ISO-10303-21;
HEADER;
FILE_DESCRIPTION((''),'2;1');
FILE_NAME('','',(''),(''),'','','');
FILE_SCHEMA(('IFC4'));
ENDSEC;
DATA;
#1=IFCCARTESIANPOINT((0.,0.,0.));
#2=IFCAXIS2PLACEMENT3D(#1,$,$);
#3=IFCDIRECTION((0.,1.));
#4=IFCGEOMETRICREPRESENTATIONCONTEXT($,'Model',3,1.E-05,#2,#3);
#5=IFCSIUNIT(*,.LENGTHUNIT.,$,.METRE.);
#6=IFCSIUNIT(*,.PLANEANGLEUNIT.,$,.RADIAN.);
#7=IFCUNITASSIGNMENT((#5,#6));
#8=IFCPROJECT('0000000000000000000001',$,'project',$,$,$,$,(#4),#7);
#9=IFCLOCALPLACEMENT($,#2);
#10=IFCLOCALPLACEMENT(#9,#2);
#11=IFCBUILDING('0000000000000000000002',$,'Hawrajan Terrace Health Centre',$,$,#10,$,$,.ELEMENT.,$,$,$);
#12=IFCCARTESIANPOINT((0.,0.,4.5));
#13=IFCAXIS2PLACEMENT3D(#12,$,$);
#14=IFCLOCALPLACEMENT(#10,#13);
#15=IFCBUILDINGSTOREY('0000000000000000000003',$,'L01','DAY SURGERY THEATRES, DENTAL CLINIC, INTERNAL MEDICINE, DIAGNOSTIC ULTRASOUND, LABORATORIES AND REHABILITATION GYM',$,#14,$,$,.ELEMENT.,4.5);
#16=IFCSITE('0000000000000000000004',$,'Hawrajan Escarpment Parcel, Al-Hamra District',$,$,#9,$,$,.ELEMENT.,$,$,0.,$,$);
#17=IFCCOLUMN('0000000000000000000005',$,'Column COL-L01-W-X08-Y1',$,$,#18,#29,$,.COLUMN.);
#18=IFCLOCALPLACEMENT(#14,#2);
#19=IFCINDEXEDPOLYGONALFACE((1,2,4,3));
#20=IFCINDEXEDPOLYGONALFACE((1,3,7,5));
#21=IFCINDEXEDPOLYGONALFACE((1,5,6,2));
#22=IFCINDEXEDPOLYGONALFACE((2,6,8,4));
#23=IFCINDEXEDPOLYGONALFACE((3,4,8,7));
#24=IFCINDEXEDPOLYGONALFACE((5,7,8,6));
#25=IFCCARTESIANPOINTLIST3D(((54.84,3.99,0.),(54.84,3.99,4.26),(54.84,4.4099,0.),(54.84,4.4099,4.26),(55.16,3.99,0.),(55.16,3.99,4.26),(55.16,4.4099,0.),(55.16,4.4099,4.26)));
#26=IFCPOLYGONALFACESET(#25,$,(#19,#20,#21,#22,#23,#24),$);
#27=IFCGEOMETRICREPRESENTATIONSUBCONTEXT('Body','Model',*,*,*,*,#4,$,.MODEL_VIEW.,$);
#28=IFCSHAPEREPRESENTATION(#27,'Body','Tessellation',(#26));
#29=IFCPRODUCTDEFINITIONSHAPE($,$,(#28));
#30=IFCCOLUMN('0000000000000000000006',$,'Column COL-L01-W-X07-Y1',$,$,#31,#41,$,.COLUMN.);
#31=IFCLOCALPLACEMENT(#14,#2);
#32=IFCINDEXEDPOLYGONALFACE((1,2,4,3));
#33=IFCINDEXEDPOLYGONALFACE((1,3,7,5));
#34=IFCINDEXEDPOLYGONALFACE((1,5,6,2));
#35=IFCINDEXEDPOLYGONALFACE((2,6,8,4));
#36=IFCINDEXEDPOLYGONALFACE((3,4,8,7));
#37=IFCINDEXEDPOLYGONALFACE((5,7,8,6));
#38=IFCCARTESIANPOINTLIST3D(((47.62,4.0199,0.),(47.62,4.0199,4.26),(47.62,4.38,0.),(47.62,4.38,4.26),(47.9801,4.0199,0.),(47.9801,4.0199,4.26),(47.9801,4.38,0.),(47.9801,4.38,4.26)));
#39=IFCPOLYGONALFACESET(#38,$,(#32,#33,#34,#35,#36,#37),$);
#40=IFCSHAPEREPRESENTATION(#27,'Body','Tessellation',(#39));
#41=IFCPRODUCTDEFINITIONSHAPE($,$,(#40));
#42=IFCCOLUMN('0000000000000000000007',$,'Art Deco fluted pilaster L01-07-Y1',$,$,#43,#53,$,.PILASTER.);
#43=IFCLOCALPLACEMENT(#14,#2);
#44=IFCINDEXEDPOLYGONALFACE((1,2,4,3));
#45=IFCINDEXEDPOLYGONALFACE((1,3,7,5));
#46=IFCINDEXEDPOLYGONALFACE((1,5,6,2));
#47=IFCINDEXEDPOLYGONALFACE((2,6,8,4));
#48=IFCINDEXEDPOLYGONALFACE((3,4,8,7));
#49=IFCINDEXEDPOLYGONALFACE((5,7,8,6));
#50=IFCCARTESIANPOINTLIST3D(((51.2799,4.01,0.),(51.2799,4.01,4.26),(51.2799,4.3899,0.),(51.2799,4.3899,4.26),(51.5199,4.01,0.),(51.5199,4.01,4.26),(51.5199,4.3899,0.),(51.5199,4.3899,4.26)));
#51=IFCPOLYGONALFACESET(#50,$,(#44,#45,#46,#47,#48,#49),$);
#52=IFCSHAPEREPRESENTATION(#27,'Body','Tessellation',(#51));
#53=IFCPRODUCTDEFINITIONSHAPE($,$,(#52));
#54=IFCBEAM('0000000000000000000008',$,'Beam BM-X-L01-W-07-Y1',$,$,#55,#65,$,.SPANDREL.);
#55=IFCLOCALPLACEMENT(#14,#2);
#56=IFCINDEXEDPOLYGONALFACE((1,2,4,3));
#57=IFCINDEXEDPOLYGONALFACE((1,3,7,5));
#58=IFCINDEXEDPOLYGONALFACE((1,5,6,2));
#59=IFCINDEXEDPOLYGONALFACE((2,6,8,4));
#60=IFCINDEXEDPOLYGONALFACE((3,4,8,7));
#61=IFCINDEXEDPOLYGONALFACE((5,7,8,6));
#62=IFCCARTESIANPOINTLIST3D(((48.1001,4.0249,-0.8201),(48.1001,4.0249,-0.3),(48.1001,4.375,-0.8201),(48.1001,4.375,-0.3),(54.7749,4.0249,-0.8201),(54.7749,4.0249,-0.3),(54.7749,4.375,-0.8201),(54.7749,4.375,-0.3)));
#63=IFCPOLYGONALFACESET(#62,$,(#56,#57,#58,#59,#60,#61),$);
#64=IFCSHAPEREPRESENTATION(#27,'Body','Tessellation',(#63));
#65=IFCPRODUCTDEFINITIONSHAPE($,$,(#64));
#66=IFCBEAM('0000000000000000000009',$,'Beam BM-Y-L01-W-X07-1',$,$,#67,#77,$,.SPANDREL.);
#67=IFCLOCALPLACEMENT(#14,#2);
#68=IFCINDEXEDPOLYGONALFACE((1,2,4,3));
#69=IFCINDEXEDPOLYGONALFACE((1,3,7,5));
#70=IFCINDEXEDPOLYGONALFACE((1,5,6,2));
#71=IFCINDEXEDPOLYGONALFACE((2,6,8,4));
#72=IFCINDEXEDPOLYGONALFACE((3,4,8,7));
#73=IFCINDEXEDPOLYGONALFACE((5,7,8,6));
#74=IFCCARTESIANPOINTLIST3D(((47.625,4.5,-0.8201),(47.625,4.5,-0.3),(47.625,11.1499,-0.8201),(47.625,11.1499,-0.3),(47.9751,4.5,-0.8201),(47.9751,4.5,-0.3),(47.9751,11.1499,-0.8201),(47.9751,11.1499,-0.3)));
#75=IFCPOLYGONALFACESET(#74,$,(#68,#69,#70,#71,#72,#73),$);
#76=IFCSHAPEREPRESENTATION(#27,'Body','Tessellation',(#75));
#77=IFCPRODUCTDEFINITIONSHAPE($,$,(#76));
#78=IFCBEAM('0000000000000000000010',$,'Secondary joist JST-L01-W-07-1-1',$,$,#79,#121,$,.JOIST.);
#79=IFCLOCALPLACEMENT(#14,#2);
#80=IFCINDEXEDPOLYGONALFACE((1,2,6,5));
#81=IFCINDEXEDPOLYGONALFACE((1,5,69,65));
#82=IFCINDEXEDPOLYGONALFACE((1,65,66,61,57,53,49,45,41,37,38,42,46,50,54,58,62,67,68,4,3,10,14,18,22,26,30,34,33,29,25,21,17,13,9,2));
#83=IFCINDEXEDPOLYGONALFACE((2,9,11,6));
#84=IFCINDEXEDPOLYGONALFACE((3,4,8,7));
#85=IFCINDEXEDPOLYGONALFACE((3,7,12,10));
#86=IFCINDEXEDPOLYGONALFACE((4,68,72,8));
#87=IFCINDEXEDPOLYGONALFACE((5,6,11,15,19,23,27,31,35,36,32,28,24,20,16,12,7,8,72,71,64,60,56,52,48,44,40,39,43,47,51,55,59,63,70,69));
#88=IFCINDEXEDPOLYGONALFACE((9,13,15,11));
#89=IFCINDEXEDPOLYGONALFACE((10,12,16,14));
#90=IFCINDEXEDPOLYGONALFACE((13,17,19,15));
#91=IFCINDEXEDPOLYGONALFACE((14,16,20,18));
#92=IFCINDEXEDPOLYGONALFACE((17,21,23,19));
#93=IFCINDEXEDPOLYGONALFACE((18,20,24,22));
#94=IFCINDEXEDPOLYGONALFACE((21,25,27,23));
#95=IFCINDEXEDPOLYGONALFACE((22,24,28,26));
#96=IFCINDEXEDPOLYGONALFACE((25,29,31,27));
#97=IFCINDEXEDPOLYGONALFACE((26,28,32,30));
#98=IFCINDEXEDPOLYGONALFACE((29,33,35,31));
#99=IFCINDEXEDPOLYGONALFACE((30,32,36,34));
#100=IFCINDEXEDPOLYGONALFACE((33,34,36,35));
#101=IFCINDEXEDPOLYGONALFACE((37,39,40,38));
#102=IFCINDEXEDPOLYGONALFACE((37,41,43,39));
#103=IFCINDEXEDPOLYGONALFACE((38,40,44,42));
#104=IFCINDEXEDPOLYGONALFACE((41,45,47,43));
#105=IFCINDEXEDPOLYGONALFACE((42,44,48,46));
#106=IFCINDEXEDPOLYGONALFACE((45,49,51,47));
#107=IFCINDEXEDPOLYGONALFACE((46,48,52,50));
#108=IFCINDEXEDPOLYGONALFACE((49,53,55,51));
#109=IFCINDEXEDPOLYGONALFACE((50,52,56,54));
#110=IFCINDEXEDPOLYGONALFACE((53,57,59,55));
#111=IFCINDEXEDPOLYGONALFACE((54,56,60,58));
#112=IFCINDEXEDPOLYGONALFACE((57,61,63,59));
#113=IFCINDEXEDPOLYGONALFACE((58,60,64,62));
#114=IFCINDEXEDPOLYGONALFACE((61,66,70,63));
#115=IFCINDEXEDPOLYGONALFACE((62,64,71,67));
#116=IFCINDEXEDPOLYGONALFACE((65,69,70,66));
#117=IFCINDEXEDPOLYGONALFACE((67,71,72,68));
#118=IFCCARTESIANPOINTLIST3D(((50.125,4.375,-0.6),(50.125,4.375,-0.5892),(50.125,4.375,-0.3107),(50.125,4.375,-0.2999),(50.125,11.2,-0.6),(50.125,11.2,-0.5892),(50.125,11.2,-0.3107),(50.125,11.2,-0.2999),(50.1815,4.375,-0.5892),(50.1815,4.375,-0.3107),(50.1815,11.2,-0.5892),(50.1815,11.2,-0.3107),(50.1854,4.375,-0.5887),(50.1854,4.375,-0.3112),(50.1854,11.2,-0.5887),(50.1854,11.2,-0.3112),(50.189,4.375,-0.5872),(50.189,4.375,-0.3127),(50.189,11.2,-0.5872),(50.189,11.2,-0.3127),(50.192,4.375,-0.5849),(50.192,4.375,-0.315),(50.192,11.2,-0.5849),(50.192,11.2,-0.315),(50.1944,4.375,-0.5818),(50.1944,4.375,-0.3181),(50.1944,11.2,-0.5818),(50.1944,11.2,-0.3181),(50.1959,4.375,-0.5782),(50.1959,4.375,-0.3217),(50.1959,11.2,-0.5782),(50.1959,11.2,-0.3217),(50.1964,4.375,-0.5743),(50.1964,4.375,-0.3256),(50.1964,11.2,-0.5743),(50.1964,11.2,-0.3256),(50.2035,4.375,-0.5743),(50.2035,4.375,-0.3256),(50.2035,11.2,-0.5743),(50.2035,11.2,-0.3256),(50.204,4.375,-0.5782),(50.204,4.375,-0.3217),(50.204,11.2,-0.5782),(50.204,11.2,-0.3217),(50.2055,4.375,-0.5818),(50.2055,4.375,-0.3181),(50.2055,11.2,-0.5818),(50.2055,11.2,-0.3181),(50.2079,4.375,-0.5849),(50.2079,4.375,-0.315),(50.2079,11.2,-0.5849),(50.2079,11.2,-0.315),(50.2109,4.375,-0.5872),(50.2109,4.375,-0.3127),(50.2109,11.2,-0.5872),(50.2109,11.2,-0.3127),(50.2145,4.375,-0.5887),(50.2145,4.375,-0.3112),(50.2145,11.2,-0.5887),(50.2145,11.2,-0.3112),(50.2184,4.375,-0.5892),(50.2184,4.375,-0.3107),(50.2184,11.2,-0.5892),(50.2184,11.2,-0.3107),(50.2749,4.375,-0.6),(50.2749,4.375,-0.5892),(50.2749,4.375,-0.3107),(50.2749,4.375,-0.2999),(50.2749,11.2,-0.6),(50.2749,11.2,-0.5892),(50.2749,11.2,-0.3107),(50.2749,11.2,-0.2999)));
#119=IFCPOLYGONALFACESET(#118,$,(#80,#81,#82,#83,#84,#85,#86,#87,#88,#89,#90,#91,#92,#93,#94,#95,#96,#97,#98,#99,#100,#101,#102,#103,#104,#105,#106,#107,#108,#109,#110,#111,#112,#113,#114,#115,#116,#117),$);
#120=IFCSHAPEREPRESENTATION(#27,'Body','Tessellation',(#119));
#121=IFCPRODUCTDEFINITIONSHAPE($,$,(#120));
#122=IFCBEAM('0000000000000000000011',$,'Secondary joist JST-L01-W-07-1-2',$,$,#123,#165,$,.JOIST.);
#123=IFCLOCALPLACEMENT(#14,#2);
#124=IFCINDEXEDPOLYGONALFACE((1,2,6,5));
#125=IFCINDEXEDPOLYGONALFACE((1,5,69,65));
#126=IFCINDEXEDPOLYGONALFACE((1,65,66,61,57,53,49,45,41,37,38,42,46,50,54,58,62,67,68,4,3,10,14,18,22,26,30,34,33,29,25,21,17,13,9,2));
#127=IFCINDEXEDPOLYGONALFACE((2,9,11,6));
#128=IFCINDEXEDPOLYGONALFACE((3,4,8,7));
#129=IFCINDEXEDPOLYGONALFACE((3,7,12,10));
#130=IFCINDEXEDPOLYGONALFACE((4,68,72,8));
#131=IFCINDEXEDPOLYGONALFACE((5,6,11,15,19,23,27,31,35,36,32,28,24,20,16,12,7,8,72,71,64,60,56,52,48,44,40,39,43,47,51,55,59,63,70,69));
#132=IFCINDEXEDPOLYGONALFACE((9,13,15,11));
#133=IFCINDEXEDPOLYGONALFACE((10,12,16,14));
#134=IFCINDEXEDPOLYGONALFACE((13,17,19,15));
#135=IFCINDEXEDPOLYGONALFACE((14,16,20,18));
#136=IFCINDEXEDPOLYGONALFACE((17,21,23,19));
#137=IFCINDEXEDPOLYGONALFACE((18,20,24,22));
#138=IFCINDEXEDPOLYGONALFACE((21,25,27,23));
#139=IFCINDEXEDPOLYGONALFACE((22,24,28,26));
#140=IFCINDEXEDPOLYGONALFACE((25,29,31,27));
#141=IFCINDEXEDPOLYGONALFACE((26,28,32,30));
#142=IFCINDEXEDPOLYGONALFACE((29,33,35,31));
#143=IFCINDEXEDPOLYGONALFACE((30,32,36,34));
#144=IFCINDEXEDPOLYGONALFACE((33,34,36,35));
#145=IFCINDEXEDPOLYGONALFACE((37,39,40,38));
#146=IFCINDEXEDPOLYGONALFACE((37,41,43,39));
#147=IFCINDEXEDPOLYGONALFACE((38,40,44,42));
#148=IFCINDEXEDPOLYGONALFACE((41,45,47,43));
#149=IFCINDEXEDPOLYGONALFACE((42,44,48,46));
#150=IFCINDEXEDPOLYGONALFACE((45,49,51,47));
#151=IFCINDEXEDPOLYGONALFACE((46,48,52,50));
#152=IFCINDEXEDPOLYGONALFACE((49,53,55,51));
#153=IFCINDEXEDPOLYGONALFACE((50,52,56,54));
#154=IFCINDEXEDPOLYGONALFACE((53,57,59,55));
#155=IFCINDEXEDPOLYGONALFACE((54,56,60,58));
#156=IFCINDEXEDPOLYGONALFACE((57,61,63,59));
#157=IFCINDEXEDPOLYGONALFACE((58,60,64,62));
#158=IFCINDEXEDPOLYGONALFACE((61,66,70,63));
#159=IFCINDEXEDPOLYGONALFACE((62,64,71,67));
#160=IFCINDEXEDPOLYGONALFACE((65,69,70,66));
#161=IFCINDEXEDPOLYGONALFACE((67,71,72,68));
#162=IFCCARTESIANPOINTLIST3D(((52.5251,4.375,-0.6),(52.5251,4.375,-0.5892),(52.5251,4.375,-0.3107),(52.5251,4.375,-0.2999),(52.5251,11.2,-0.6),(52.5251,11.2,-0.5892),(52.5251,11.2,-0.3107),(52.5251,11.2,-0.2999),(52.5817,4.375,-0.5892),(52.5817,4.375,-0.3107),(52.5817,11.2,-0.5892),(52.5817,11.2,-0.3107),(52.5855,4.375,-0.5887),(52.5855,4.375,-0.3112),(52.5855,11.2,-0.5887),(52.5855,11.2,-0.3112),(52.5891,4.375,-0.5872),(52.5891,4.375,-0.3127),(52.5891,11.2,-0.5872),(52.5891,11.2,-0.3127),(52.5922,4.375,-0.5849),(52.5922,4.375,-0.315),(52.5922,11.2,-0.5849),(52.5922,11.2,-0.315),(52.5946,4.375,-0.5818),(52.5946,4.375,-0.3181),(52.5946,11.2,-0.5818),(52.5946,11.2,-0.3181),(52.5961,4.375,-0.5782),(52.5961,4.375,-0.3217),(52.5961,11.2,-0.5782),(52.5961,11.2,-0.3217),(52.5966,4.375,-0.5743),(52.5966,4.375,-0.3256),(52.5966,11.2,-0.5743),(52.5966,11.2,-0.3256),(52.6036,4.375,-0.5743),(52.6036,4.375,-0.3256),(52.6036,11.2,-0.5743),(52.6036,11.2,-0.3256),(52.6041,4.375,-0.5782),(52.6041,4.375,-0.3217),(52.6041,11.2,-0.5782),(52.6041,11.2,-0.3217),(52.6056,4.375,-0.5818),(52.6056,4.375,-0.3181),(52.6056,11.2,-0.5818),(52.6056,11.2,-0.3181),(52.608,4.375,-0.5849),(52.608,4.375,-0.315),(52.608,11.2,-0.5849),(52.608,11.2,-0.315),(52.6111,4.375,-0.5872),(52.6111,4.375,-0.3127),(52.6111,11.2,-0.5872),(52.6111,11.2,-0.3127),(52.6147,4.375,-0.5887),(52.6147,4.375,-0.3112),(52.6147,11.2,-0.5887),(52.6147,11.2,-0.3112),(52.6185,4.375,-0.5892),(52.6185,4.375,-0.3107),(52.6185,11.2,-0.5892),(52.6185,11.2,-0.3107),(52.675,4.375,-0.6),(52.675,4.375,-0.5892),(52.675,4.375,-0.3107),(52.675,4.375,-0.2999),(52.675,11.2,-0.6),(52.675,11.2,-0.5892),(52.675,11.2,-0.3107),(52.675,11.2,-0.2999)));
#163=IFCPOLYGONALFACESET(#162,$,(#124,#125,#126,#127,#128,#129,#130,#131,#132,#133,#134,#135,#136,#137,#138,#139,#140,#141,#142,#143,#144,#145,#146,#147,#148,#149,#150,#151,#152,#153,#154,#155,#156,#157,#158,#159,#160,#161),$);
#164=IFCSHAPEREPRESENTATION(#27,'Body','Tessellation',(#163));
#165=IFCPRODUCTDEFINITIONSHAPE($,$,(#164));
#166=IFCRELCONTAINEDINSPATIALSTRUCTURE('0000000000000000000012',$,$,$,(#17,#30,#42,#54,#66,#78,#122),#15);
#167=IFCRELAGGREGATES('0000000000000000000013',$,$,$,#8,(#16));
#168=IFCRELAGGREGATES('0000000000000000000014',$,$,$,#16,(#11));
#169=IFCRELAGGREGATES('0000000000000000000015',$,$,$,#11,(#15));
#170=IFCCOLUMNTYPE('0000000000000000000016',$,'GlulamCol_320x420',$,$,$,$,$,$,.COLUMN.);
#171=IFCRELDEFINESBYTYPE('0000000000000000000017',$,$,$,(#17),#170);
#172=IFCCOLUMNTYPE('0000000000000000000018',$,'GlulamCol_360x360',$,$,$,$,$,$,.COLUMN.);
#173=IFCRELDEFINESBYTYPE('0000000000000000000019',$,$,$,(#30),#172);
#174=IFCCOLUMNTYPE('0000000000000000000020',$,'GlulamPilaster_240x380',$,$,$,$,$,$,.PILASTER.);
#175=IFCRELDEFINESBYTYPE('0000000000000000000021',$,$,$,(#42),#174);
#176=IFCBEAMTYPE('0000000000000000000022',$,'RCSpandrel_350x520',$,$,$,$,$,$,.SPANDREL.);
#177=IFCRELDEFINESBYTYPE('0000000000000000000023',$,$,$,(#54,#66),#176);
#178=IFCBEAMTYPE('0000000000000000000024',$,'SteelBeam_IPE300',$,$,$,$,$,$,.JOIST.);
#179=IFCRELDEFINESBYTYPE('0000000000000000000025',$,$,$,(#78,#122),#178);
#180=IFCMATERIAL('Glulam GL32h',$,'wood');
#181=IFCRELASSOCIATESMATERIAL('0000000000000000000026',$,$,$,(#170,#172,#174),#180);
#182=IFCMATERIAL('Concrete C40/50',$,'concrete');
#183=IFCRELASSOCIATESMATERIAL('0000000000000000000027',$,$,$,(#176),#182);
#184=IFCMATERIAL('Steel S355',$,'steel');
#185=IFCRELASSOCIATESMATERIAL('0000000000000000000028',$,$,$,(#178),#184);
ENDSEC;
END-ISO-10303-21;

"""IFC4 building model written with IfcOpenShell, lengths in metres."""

from ifc_helpers import new_model, si_unit, direction, frame, origin, origin_2d, place, context, subcontext, project, spatial, rectangle, i_section, extrude, material, material_profile, profile_set, type_object, element, save


model = new_model("IFC4")

# Units and contexts
model_context = context("Model", 3, precision=1e-05, world=origin(), true_north=direction((0.0, 1.0)))
body_context = subcontext(model_context, "Body", "Model", "MODEL_VIEW")
ifc_project = project(units=[si_unit("LENGTHUNIT", "METRE"), si_unit("PLANEANGLEUNIT", "RADIAN")], contexts=[model_context])

# Site, building, storey
site_placement = place(None, origin())
site = spatial("IfcSite", under=ifc_project, at=site_placement, Name="Hawrajan Escarpment Parcel, Al-Hamra District", CompositionType="ELEMENT", RefElevation=0.0)
building_placement = place(site_placement, origin())
building = spatial("IfcBuilding", under=site, at=building_placement, Name="Hawrajan Terrace Health Centre", CompositionType="ELEMENT")
storey_placement = place(building_placement, frame((0.0, 0.0, 4.5)))
storey = spatial("IfcBuildingStorey", under=building, at=storey_placement, Name="L01", Description="DAY SURGERY THEATRES, DENTAL CLINIC, INTERNAL MEDICINE, DIAGNOSTIC ULTRASOUND, LABORATORIES AND REHABILITATION GYM", CompositionType="ELEMENT", Elevation=4.5)

# Columns
ifc_material_1 = material(Name="Glulam GL32h", Category="wood")
ifc_material_profile_1 = material_profile(ifc_material_1, rectangle(XDim=0.3201, YDim=0.4199, at=origin_2d()), Name="GL 320x420")
ifc_profile_set_1 = profile_set([ifc_material_profile_1], Name="Glulam GL32h")
column_type_1 = type_object("IfcColumnType", Name="GlulamCol_320x420", PredefinedType="COLUMN", material=ifc_profile_set_1)
column_1_placement = place(storey_placement, frame((55.0, 4.2, 0.0), z_axis=(0.0, 0.0, 1.0), x_axis=(1.0, 0.0, 0.0)))
element("IfcColumn", 1, at=column_1_placement, inside=storey, type_object=column_type_1, Name="Column COL-L01-W-X08-Y1", PredefinedType="COLUMN", context=body_context, shape_type="SweptSolid", body=[
    extrude(rectangle(XDim=0.3201, YDim=0.4199, at=origin_2d()), origin(), (0.0, 0.0, 1.0), 4.26),
])
ifc_material_profile_2 = material_profile(ifc_material_1, rectangle(XDim=0.3601, YDim=0.3601, at=origin_2d()), Name="GL 360x360")
ifc_profile_set_2 = profile_set([ifc_material_profile_2], Name="Glulam GL32h")
column_type_2 = type_object("IfcColumnType", Name="GlulamCol_360x360", PredefinedType="COLUMN", material=ifc_profile_set_2)
column_2_placement = place(storey_placement, frame((47.8, 4.2, 0.0), z_axis=(0.0, 0.0, 1.0), x_axis=(1.0, 0.0, 0.0)))
element("IfcColumn", 2, at=column_2_placement, inside=storey, type_object=column_type_2, Name="Column COL-L01-W-X07-Y1", PredefinedType="COLUMN", context=body_context, shape_type="SweptSolid", body=[
    extrude(rectangle(XDim=0.3601, YDim=0.3601, at=origin_2d()), origin(), (0.0, 0.0, 1.0), 4.26),
])
ifc_material_profile_3 = material_profile(ifc_material_1, rectangle(XDim=0.24, YDim=0.3799, at=origin_2d()), Name="GL PIL 240x380")
ifc_profile_set_3 = profile_set([ifc_material_profile_3], Name="Glulam GL32h")
column_type_3 = type_object("IfcColumnType", Name="GlulamPilaster_240x380", PredefinedType="PILASTER", material=ifc_profile_set_3)
column_3_placement = place(storey_placement, frame((51.3999, 4.2, 0.0), z_axis=(0.0, 0.0, 1.0), x_axis=(1.0, 0.0, 0.0)))
element("IfcColumn", 3, at=column_3_placement, inside=storey, type_object=column_type_3, Name="Art Deco fluted pilaster L01-07-Y1", PredefinedType="PILASTER", context=body_context, shape_type="SweptSolid", body=[
    extrude(rectangle(XDim=0.24, YDim=0.3799, at=origin_2d()), origin(), (0.0, 0.0, 1.0), 4.26),
])

# Beams
ifc_material_2 = material(Name="Concrete C40/50", Category="concrete")
ifc_material_profile_4 = material_profile(ifc_material_2, rectangle(XDim=0.3501, YDim=0.52, at=origin_2d()), Name="RC SP 350x520")
ifc_profile_set_4 = profile_set([ifc_material_profile_4], Name="Concrete C40/50")
beam_type_1 = type_object("IfcBeamType", Name="RCSpandrel_350x520", PredefinedType="SPANDREL", material=ifc_profile_set_4)
beam_1_placement = place(storey_placement, frame((48.1001, 4.2, -0.5601), z_axis=(1.0, 0.0, 0.0), x_axis=(0.0, 1.0, 0.0)))
element("IfcBeam", 4, at=beam_1_placement, inside=storey, type_object=beam_type_1, Name="Beam BM-X-L01-W-07-Y1", PredefinedType="SPANDREL", context=body_context, shape_type="SweptSolid", body=[
    extrude(rectangle(XDim=0.3501, YDim=0.52, at=origin_2d()), origin(), (0.0, 0.0, 1.0), 6.6748),
])
beam_2_placement = place(storey_placement, frame((47.8, 4.5, -0.5601), z_axis=(0.0, 1.0, 0.0), x_axis=(-1.0, 0.0, 0.0)))
element("IfcBeam", 5, at=beam_2_placement, inside=storey, type_object=beam_type_1, Name="Beam BM-Y-L01-W-X07-1", PredefinedType="SPANDREL", context=body_context, shape_type="SweptSolid", body=[
    extrude(rectangle(XDim=0.3501, YDim=0.52, at=origin_2d()), origin(), (0.0, 0.0, 1.0), 6.6499),
])
ifc_material_3 = material(Name="Steel S355", Category="steel")
ifc_material_profile_5 = material_profile(ifc_material_3, i_section(OverallWidth=0.1499, OverallDepth=0.3, WebThickness=0.0071, FlangeThickness=0.0107, FilletRadius=0.0149, at=origin_2d()), Name="IPE 300")
ifc_profile_set_5 = profile_set([ifc_material_profile_5], Name="Steel S355")
beam_type_2 = type_object("IfcBeamType", Name="SteelBeam_IPE300", PredefinedType="JOIST", material=ifc_profile_set_5)
for number, where, z_axis, x_axis, name in (
    (6, (50.2, 4.375, -0.45), (0.0, 1.0, 0.0), (-1.0, 0.0, 0.0), "Secondary joist JST-L01-W-07-1-1"),
    (7, (52.6001, 4.375, -0.45), (0.0, 1.0, 0.0), (-1.0, 0.0, 0.0), "Secondary joist JST-L01-W-07-1-2"),
):
    element("IfcBeam", number, at=place(storey_placement, frame(where, z_axis=z_axis, x_axis=x_axis)), inside=storey, type_object=beam_type_2, Name=name, PredefinedType="JOIST", context=body_context, shape_type="SweptSolid", body=[
        extrude(i_section(OverallWidth=0.1499, OverallDepth=0.3, WebThickness=0.0071, FlangeThickness=0.0107, FilletRadius=0.0149, at=origin_2d()), origin(), (0.0, 0.0, 1.0), 6.825),
    ])

save(model, "model.ifc")
